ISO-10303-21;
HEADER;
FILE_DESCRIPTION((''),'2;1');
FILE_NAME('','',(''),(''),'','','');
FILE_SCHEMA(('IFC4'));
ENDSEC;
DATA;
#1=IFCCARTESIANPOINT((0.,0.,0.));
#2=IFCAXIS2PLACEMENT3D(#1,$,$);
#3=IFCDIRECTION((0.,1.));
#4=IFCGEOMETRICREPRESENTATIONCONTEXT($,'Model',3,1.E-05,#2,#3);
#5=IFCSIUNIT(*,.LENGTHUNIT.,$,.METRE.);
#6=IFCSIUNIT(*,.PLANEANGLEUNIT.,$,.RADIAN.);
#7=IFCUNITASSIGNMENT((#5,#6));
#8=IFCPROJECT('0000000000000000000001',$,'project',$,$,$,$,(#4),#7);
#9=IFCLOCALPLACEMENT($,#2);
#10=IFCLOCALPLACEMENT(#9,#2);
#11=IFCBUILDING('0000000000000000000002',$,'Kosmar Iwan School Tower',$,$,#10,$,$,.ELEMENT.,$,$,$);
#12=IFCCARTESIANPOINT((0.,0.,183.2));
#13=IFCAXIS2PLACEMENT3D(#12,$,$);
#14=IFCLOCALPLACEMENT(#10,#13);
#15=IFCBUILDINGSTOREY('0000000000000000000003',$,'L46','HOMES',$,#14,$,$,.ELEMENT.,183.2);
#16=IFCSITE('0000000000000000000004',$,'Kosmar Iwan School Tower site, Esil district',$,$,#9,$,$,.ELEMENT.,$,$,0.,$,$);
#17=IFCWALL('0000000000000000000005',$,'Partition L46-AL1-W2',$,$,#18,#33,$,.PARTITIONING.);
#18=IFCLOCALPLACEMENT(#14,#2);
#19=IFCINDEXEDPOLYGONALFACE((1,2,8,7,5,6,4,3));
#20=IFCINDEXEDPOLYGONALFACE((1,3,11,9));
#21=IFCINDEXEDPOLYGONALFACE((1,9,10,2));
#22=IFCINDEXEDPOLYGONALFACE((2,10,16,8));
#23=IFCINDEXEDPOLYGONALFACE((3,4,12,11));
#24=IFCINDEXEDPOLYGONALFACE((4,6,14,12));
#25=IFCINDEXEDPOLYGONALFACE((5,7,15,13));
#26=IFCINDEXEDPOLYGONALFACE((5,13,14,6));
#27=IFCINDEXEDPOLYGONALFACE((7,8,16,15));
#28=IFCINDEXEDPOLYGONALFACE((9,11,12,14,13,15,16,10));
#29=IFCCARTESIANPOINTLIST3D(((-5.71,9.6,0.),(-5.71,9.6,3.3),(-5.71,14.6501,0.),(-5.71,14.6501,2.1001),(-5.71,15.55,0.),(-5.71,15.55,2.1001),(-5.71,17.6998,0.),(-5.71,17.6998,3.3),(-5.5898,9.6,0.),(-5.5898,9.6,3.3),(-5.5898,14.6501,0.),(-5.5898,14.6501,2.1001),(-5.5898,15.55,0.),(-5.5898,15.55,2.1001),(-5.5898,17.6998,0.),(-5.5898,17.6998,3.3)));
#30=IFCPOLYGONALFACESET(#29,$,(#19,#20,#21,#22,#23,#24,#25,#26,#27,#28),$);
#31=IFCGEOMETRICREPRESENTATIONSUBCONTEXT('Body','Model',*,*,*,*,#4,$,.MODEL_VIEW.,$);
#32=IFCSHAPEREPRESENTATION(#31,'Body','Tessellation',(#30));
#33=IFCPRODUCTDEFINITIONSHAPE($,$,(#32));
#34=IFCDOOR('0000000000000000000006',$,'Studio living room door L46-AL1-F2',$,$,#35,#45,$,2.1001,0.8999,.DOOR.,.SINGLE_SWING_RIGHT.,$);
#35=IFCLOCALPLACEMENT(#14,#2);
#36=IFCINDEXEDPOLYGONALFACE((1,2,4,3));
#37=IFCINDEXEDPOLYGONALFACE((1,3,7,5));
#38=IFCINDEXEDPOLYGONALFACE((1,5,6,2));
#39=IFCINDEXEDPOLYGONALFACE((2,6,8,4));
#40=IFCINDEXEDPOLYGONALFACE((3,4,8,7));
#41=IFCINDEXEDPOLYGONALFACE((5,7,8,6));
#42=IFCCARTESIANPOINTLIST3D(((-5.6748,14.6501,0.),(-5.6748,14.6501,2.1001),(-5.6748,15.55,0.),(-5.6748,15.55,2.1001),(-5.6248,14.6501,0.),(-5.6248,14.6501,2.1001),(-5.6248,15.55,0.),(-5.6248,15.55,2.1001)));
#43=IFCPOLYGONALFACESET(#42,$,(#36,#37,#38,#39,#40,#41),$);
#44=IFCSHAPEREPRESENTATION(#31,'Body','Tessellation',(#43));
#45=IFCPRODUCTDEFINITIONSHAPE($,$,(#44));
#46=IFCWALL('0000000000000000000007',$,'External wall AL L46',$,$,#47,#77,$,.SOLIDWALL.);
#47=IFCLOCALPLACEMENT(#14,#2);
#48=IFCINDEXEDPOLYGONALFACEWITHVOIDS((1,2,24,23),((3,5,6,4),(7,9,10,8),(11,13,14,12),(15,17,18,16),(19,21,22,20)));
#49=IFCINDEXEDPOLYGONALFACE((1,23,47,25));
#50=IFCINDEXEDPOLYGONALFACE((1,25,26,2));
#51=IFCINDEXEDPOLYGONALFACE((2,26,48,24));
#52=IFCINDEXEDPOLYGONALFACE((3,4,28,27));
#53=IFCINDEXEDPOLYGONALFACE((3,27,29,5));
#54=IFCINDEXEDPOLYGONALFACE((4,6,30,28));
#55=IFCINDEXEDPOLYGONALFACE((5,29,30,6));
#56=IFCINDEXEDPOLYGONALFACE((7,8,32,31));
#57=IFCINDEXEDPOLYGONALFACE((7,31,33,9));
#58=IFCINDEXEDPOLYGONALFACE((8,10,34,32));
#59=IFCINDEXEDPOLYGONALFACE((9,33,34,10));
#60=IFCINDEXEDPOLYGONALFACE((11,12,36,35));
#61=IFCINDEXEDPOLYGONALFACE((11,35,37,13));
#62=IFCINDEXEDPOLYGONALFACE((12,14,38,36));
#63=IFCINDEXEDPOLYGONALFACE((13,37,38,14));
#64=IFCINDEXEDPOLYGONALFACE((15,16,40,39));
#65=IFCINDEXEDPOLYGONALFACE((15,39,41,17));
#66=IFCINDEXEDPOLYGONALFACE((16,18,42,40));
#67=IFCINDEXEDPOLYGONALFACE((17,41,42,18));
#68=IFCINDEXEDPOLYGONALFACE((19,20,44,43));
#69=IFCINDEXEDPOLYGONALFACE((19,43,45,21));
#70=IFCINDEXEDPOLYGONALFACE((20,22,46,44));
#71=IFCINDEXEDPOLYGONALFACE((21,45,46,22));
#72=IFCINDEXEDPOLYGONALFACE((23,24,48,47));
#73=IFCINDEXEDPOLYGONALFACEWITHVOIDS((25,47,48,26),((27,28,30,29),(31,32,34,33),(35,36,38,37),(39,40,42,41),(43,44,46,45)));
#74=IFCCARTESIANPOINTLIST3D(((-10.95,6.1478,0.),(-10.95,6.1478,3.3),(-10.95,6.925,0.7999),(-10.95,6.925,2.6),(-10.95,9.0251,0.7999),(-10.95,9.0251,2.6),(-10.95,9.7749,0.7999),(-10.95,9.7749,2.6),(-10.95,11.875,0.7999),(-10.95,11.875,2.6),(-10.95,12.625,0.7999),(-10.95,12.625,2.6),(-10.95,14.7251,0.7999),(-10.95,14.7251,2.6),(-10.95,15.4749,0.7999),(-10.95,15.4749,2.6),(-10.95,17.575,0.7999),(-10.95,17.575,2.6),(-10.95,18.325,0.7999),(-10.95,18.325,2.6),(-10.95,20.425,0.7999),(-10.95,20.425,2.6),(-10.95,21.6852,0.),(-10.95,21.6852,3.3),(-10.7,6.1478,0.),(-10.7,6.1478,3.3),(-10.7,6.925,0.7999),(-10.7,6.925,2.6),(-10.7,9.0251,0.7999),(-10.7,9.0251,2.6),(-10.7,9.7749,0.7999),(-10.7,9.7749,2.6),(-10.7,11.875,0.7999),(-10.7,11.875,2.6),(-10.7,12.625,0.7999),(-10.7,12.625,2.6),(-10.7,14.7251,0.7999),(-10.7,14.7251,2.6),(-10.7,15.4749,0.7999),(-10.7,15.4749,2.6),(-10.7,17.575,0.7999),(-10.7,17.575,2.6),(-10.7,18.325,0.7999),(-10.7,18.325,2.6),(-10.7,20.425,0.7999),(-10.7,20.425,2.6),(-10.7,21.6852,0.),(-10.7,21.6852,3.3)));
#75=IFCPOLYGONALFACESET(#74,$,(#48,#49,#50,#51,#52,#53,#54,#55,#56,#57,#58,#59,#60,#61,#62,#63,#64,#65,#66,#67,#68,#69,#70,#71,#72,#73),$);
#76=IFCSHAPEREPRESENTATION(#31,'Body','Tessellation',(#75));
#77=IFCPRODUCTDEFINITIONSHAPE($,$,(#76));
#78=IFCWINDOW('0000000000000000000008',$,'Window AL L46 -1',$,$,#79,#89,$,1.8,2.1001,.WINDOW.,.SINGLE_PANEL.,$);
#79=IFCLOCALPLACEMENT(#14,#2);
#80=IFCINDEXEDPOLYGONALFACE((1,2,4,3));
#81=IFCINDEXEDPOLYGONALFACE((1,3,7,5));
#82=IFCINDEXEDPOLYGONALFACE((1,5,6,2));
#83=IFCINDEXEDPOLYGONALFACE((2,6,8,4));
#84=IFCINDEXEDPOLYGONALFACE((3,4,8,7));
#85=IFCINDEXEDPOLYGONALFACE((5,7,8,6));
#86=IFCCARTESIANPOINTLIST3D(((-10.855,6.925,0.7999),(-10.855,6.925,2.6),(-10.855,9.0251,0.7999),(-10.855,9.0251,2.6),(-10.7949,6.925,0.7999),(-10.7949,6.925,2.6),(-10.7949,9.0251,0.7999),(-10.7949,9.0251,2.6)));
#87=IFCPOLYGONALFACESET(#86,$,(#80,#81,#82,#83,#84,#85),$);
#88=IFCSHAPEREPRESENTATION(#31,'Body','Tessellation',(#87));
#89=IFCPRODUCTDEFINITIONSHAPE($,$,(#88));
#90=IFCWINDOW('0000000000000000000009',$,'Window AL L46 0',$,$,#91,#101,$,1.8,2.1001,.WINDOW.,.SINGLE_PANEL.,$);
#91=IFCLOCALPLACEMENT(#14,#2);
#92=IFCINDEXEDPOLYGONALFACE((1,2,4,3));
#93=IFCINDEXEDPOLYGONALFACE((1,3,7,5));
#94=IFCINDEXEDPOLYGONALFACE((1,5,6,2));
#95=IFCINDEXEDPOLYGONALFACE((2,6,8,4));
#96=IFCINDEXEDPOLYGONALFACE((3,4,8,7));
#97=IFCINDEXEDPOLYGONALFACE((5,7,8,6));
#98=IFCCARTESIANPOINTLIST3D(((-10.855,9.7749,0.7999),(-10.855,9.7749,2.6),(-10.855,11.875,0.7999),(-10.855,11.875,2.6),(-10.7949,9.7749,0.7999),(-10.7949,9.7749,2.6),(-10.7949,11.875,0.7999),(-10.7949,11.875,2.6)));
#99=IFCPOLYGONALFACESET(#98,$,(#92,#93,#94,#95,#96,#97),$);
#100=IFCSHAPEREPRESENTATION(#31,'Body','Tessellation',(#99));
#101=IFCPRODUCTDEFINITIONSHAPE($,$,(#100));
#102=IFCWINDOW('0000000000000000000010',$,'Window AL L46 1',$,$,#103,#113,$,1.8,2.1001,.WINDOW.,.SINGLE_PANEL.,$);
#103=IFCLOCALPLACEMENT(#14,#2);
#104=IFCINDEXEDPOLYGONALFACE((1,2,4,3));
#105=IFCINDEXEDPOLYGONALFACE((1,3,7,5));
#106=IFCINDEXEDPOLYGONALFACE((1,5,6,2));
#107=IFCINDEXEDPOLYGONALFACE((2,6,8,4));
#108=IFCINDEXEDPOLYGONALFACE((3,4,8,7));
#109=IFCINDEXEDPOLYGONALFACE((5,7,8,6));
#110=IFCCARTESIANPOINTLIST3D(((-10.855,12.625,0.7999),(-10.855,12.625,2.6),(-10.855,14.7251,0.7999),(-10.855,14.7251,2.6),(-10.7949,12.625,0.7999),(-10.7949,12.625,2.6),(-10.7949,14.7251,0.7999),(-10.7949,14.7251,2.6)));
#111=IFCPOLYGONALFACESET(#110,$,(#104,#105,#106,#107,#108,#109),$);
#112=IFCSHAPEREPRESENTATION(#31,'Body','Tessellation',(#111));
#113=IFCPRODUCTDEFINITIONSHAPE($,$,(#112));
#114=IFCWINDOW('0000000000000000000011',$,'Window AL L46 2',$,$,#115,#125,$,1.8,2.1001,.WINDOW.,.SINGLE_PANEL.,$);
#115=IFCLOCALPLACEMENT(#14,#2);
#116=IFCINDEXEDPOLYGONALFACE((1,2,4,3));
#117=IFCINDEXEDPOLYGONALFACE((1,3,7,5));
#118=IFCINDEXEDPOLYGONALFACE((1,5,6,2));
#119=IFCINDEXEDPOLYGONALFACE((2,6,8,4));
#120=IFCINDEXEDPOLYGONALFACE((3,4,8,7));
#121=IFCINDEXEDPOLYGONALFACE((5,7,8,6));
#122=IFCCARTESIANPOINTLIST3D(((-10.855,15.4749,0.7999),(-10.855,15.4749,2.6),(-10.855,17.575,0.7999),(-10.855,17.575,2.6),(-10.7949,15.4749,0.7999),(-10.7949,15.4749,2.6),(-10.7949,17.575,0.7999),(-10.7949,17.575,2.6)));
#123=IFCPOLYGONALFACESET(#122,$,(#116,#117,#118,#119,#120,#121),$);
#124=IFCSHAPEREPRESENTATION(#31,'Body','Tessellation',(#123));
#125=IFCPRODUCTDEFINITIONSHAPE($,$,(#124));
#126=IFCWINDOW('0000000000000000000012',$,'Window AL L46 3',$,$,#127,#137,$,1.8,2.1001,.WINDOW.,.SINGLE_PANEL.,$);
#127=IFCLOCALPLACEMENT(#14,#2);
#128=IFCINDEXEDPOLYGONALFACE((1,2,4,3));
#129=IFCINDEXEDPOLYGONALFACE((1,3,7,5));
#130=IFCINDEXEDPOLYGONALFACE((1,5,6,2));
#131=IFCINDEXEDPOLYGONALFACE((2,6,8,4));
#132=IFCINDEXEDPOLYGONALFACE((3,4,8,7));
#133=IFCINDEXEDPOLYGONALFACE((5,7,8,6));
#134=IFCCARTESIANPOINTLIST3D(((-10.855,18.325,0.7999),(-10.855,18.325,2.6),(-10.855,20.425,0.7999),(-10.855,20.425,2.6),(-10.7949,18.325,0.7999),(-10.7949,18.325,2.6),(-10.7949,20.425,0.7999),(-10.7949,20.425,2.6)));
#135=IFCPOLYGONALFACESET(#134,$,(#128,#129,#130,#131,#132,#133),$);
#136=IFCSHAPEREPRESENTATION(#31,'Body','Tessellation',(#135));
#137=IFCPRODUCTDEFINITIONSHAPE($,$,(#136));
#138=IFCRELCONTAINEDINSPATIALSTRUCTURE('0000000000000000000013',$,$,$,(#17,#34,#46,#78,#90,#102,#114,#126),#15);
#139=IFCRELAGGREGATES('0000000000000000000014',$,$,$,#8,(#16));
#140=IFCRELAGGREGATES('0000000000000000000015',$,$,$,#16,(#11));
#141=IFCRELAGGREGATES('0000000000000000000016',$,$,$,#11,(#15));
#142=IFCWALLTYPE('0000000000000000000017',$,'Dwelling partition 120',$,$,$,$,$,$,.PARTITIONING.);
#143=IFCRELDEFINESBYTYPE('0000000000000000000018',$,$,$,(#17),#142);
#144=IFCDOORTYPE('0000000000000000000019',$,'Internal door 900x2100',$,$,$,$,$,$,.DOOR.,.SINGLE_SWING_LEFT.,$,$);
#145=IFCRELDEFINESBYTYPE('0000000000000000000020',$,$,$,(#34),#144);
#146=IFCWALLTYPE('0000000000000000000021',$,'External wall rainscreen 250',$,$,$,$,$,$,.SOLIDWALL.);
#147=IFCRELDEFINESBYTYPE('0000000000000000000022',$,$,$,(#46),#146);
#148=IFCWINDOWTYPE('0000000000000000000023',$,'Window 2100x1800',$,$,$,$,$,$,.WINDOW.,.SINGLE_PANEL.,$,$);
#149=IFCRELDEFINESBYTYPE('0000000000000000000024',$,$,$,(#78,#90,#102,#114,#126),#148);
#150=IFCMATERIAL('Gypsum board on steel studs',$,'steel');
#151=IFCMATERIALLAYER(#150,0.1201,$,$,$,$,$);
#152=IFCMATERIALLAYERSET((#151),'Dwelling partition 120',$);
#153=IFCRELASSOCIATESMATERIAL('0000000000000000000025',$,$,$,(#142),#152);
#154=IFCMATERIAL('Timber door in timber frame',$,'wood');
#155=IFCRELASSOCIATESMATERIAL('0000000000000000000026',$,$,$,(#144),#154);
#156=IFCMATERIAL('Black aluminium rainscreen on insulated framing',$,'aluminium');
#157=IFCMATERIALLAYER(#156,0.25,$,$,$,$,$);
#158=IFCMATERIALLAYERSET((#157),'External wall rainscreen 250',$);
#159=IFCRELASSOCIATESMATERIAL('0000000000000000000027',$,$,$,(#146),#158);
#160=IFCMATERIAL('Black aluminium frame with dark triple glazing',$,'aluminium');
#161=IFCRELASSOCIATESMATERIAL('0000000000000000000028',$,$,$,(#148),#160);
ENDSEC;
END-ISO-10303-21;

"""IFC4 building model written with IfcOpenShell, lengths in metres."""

from ifc_helpers import new_model, si_unit, direction, frame, frame_2d, origin, place, context, subcontext, project, spatial, rectangle, extrude, material, layer, layer_set, type_object, element, fill, save


model = new_model("IFC4")

# Units and contexts
model_context = context("Model", 3, precision=1e-05, world=origin(), true_north=direction((0.0, 1.0)))
body_context = subcontext(model_context, "Body", "Model", "MODEL_VIEW")
ifc_project = project(units=[si_unit("LENGTHUNIT", "METRE"), si_unit("PLANEANGLEUNIT", "RADIAN")], contexts=[model_context])

# Site, building, storey
site_placement = place(None, origin())
site = spatial("IfcSite", under=ifc_project, at=site_placement, Name="Kosmar Iwan School Tower site, Esil district", CompositionType="ELEMENT", RefElevation=0.0)
building_placement = place(site_placement, origin())
building = spatial("IfcBuilding", under=site, at=building_placement, Name="Kosmar Iwan School Tower", CompositionType="ELEMENT")
storey_placement = place(building_placement, frame((0.0, 0.0, 183.2)))
storey = spatial("IfcBuildingStorey", under=building, at=storey_placement, Name="L46", Description="HOMES", CompositionType="ELEMENT", Elevation=183.2)

# Wall, opening, door
ifc_material_1 = material(Name="Gypsum board on steel studs", Category="steel")
ifc_layer_1 = layer(ifc_material_1, 0.1201)
ifc_layer_set_1 = layer_set([ifc_layer_1], Name="Dwelling partition 120")
wall_type_1 = type_object("IfcWallType", Name="Dwelling partition 120", PredefinedType="PARTITIONING", material=ifc_layer_set_1)
wall_1_placement = place(storey_placement, frame((-5.6499, 9.6001, 0.0), z_axis=(0.0, 0.0, 1.0), x_axis=(0.0, 1.0, 0.0)))
wall_1 = element("IfcWall", 1, at=wall_1_placement, inside=storey, type_object=wall_type_1, Name="Partition L46-AL1-W2", PredefinedType="PARTITIONING", context=body_context, shape_type="SweptSolid", body=[
    extrude(rectangle(XDim=8.0999, YDim=0.1201, at=frame_2d((4.0498, 0.0))), origin(), (0.0, 0.0, 1.0), 3.3),
])
opening_1_placement = place(wall_1_placement, frame((5.05, 0.0, 0.0)))
opening_1 = element("IfcOpeningElement", 2, at=opening_1_placement, cuts=wall_1, PredefinedType="OPENING", context=body_context, shape_type="SweptSolid", body=[
    extrude(rectangle(XDim=0.8999, YDim=2.1001, at=frame_2d((0.45, 1.05))), frame((0.0, 0.072, 0.0), z_axis=(0.0, -1.0, 0.0), x_axis=(1.0, 0.0, 0.0)), (0.0, 0.0, 1.0), 0.144),
])
ifc_material_2 = material(Name="Timber door in timber frame", Category="wood")
door_type = type_object("IfcDoorType", Name="Internal door 900x2100", OperationType="SINGLE_SWING_LEFT", PredefinedType="DOOR", material=ifc_material_2)
door_placement = place(opening_1_placement, origin())
door = element("IfcDoor", 3, at=door_placement, inside=storey, type_object=door_type, Name="Studio living room door L46-AL1-F2", OperationType="SINGLE_SWING_RIGHT", OverallHeight=2.1001, OverallWidth=0.8999, PredefinedType="DOOR", context=body_context, shape_type="SweptSolid", body=[
    extrude(rectangle(XDim=0.8999, YDim=2.1001, at=frame_2d((0.45, 1.05))), frame((0.0, 0.0249, 0.0), z_axis=(0.0, -1.0, 0.0), x_axis=(1.0, 0.0, 0.0)), (0.0, 0.0, 1.0), 0.05),
])
fill(opening_1, door)

# Wall, openings, windows
ifc_material_3 = material(Name="Black aluminium rainscreen on insulated framing", Category="aluminium")
ifc_layer_2 = layer(ifc_material_3, 0.25)
ifc_layer_set_2 = layer_set([ifc_layer_2], Name="External wall rainscreen 250")
wall_type_2 = type_object("IfcWallType", Name="External wall rainscreen 250", PredefinedType="SOLIDWALL", material=ifc_layer_set_2)
wall_2_placement = place(storey_placement, frame((-10.825, 6.1479, 0.0), z_axis=(0.0, 0.0, 1.0), x_axis=(0.0, 1.0, 0.0)))
wall_2 = element("IfcWall", 4, at=wall_2_placement, inside=storey, type_object=wall_type_2, Name="External wall AL L46", PredefinedType="SOLIDWALL", context=body_context, shape_type="SweptSolid", body=[
    extrude(rectangle(XDim=15.5374, YDim=0.25, at=frame_2d((7.7686, 0.0))), origin(), (0.0, 0.0, 1.0), 3.3),
])
opening_2_placement = place(wall_2_placement, frame((0.7771, 0.0, 0.8)))
opening_2 = element("IfcOpeningElement", 5, at=opening_2_placement, cuts=wall_2, PredefinedType="OPENING", context=body_context, shape_type="SweptSolid", body=[
    extrude(rectangle(XDim=2.1001, YDim=1.8, at=frame_2d((1.05, 0.8999))), frame((0.0, 0.137, 0.0), z_axis=(0.0, -1.0, 0.0), x_axis=(1.0, 0.0, 0.0)), (0.0, 0.0, 1.0), 0.2739),
])
opening_3_placement = place(wall_2_placement, frame((3.627, 0.0, 0.8)))
opening_3 = element("IfcOpeningElement", 6, at=opening_3_placement, cuts=wall_2, PredefinedType="OPENING", context=body_context, shape_type="SweptSolid", body=[
    extrude(rectangle(XDim=2.1001, YDim=1.8, at=frame_2d((1.05, 0.8999))), frame((0.0, 0.137, 0.0), z_axis=(0.0, -1.0, 0.0), x_axis=(1.0, 0.0, 0.0)), (0.0, 0.0, 1.0), 0.2739),
])
opening_4_placement = place(wall_2_placement, frame((6.4771, 0.0, 0.8)))
opening_4 = element("IfcOpeningElement", 7, at=opening_4_placement, cuts=wall_2, PredefinedType="OPENING", context=body_context, shape_type="SweptSolid", body=[
    extrude(rectangle(XDim=2.1001, YDim=1.8, at=frame_2d((1.05, 0.8999))), frame((0.0, 0.137, 0.0), z_axis=(0.0, -1.0, 0.0), x_axis=(1.0, 0.0, 0.0)), (0.0, 0.0, 1.0), 0.2739),
])
opening_5_placement = place(wall_2_placement, frame((9.3269, 0.0, 0.8)))
opening_5 = element("IfcOpeningElement", 8, at=opening_5_placement, cuts=wall_2, PredefinedType="OPENING", context=body_context, shape_type="SweptSolid", body=[
    extrude(rectangle(XDim=2.1001, YDim=1.8, at=frame_2d((1.05, 0.8999))), frame((0.0, 0.137, 0.0), z_axis=(0.0, -1.0, 0.0), x_axis=(1.0, 0.0, 0.0)), (0.0, 0.0, 1.0), 0.2739),
])
opening_6_placement = place(wall_2_placement, frame((12.177, 0.0, 0.8)))
opening_6 = element("IfcOpeningElement", 9, at=opening_6_placement, cuts=wall_2, PredefinedType="OPENING", context=body_context, shape_type="SweptSolid", body=[
    extrude(rectangle(XDim=2.1001, YDim=1.8, at=frame_2d((1.05, 0.8999))), frame((0.0, 0.137, 0.0), z_axis=(0.0, -1.0, 0.0), x_axis=(1.0, 0.0, 0.0)), (0.0, 0.0, 1.0), 0.2739),
])
ifc_material_4 = material(Name="Black aluminium frame with dark triple glazing", Category="aluminium")
window_type = type_object("IfcWindowType", Name="Window 2100x1800", PartitioningType="SINGLE_PANEL", PredefinedType="WINDOW", material=ifc_material_4)
window_1_placement = place(opening_2_placement, origin())
window_1 = element("IfcWindow", 10, at=window_1_placement, inside=storey, type_object=window_type, Name="Window AL L46 -1", OverallHeight=1.8, OverallWidth=2.1001, PartitioningType="SINGLE_PANEL", PredefinedType="WINDOW", context=body_context, shape_type="SweptSolid", body=[
    extrude(rectangle(XDim=2.1001, YDim=1.8, at=frame_2d((1.05, 0.8999))), frame((0.0, 0.03, 0.0), z_axis=(0.0, -1.0, 0.0), x_axis=(1.0, 0.0, 0.0)), (0.0, 0.0, 1.0), 0.0601),
])
fill(opening_2, window_1)
window_2_placement = place(opening_3_placement, origin())
window_2 = element("IfcWindow", 11, at=window_2_placement, inside=storey, type_object=window_type, Name="Window AL L46 0", OverallHeight=1.8, OverallWidth=2.1001, PartitioningType="SINGLE_PANEL", PredefinedType="WINDOW", context=body_context, shape_type="SweptSolid", body=[
    extrude(rectangle(XDim=2.1001, YDim=1.8, at=frame_2d((1.05, 0.8999))), frame((0.0, 0.03, 0.0), z_axis=(0.0, -1.0, 0.0), x_axis=(1.0, 0.0, 0.0)), (0.0, 0.0, 1.0), 0.0601),
])
fill(opening_3, window_2)
window_3_placement = place(opening_4_placement, origin())
window_3 = element("IfcWindow", 12, at=window_3_placement, inside=storey, type_object=window_type, Name="Window AL L46 1", OverallHeight=1.8, OverallWidth=2.1001, PartitioningType="SINGLE_PANEL", PredefinedType="WINDOW", context=body_context, shape_type="SweptSolid", body=[
    extrude(rectangle(XDim=2.1001, YDim=1.8, at=frame_2d((1.05, 0.8999))), frame((0.0, 0.03, 0.0), z_axis=(0.0, -1.0, 0.0), x_axis=(1.0, 0.0, 0.0)), (0.0, 0.0, 1.0), 0.0601),
])
fill(opening_4, window_3)
window_4_placement = place(opening_5_placement, origin())
window_4 = element("IfcWindow", 13, at=window_4_placement, inside=storey, type_object=window_type, Name="Window AL L46 2", OverallHeight=1.8, OverallWidth=2.1001, PartitioningType="SINGLE_PANEL", PredefinedType="WINDOW", context=body_context, shape_type="SweptSolid", body=[
    extrude(rectangle(XDim=2.1001, YDim=1.8, at=frame_2d((1.05, 0.8999))), frame((0.0, 0.03, 0.0), z_axis=(0.0, -1.0, 0.0), x_axis=(1.0, 0.0, 0.0)), (0.0, 0.0, 1.0), 0.0601),
])
fill(opening_5, window_4)
window_5_placement = place(opening_6_placement, origin())
window_5 = element("IfcWindow", 14, at=window_5_placement, inside=storey, type_object=window_type, Name="Window AL L46 3", OverallHeight=1.8, OverallWidth=2.1001, PartitioningType="SINGLE_PANEL", PredefinedType="WINDOW", context=body_context, shape_type="SweptSolid", body=[
    extrude(rectangle(XDim=2.1001, YDim=1.8, at=frame_2d((1.05, 0.8999))), frame((0.0, 0.03, 0.0), z_axis=(0.0, -1.0, 0.0), x_axis=(1.0, 0.0, 0.0)), (0.0, 0.0, 1.0), 0.0601),
])
fill(opening_6, window_5)

save(model, "model.ifc")
